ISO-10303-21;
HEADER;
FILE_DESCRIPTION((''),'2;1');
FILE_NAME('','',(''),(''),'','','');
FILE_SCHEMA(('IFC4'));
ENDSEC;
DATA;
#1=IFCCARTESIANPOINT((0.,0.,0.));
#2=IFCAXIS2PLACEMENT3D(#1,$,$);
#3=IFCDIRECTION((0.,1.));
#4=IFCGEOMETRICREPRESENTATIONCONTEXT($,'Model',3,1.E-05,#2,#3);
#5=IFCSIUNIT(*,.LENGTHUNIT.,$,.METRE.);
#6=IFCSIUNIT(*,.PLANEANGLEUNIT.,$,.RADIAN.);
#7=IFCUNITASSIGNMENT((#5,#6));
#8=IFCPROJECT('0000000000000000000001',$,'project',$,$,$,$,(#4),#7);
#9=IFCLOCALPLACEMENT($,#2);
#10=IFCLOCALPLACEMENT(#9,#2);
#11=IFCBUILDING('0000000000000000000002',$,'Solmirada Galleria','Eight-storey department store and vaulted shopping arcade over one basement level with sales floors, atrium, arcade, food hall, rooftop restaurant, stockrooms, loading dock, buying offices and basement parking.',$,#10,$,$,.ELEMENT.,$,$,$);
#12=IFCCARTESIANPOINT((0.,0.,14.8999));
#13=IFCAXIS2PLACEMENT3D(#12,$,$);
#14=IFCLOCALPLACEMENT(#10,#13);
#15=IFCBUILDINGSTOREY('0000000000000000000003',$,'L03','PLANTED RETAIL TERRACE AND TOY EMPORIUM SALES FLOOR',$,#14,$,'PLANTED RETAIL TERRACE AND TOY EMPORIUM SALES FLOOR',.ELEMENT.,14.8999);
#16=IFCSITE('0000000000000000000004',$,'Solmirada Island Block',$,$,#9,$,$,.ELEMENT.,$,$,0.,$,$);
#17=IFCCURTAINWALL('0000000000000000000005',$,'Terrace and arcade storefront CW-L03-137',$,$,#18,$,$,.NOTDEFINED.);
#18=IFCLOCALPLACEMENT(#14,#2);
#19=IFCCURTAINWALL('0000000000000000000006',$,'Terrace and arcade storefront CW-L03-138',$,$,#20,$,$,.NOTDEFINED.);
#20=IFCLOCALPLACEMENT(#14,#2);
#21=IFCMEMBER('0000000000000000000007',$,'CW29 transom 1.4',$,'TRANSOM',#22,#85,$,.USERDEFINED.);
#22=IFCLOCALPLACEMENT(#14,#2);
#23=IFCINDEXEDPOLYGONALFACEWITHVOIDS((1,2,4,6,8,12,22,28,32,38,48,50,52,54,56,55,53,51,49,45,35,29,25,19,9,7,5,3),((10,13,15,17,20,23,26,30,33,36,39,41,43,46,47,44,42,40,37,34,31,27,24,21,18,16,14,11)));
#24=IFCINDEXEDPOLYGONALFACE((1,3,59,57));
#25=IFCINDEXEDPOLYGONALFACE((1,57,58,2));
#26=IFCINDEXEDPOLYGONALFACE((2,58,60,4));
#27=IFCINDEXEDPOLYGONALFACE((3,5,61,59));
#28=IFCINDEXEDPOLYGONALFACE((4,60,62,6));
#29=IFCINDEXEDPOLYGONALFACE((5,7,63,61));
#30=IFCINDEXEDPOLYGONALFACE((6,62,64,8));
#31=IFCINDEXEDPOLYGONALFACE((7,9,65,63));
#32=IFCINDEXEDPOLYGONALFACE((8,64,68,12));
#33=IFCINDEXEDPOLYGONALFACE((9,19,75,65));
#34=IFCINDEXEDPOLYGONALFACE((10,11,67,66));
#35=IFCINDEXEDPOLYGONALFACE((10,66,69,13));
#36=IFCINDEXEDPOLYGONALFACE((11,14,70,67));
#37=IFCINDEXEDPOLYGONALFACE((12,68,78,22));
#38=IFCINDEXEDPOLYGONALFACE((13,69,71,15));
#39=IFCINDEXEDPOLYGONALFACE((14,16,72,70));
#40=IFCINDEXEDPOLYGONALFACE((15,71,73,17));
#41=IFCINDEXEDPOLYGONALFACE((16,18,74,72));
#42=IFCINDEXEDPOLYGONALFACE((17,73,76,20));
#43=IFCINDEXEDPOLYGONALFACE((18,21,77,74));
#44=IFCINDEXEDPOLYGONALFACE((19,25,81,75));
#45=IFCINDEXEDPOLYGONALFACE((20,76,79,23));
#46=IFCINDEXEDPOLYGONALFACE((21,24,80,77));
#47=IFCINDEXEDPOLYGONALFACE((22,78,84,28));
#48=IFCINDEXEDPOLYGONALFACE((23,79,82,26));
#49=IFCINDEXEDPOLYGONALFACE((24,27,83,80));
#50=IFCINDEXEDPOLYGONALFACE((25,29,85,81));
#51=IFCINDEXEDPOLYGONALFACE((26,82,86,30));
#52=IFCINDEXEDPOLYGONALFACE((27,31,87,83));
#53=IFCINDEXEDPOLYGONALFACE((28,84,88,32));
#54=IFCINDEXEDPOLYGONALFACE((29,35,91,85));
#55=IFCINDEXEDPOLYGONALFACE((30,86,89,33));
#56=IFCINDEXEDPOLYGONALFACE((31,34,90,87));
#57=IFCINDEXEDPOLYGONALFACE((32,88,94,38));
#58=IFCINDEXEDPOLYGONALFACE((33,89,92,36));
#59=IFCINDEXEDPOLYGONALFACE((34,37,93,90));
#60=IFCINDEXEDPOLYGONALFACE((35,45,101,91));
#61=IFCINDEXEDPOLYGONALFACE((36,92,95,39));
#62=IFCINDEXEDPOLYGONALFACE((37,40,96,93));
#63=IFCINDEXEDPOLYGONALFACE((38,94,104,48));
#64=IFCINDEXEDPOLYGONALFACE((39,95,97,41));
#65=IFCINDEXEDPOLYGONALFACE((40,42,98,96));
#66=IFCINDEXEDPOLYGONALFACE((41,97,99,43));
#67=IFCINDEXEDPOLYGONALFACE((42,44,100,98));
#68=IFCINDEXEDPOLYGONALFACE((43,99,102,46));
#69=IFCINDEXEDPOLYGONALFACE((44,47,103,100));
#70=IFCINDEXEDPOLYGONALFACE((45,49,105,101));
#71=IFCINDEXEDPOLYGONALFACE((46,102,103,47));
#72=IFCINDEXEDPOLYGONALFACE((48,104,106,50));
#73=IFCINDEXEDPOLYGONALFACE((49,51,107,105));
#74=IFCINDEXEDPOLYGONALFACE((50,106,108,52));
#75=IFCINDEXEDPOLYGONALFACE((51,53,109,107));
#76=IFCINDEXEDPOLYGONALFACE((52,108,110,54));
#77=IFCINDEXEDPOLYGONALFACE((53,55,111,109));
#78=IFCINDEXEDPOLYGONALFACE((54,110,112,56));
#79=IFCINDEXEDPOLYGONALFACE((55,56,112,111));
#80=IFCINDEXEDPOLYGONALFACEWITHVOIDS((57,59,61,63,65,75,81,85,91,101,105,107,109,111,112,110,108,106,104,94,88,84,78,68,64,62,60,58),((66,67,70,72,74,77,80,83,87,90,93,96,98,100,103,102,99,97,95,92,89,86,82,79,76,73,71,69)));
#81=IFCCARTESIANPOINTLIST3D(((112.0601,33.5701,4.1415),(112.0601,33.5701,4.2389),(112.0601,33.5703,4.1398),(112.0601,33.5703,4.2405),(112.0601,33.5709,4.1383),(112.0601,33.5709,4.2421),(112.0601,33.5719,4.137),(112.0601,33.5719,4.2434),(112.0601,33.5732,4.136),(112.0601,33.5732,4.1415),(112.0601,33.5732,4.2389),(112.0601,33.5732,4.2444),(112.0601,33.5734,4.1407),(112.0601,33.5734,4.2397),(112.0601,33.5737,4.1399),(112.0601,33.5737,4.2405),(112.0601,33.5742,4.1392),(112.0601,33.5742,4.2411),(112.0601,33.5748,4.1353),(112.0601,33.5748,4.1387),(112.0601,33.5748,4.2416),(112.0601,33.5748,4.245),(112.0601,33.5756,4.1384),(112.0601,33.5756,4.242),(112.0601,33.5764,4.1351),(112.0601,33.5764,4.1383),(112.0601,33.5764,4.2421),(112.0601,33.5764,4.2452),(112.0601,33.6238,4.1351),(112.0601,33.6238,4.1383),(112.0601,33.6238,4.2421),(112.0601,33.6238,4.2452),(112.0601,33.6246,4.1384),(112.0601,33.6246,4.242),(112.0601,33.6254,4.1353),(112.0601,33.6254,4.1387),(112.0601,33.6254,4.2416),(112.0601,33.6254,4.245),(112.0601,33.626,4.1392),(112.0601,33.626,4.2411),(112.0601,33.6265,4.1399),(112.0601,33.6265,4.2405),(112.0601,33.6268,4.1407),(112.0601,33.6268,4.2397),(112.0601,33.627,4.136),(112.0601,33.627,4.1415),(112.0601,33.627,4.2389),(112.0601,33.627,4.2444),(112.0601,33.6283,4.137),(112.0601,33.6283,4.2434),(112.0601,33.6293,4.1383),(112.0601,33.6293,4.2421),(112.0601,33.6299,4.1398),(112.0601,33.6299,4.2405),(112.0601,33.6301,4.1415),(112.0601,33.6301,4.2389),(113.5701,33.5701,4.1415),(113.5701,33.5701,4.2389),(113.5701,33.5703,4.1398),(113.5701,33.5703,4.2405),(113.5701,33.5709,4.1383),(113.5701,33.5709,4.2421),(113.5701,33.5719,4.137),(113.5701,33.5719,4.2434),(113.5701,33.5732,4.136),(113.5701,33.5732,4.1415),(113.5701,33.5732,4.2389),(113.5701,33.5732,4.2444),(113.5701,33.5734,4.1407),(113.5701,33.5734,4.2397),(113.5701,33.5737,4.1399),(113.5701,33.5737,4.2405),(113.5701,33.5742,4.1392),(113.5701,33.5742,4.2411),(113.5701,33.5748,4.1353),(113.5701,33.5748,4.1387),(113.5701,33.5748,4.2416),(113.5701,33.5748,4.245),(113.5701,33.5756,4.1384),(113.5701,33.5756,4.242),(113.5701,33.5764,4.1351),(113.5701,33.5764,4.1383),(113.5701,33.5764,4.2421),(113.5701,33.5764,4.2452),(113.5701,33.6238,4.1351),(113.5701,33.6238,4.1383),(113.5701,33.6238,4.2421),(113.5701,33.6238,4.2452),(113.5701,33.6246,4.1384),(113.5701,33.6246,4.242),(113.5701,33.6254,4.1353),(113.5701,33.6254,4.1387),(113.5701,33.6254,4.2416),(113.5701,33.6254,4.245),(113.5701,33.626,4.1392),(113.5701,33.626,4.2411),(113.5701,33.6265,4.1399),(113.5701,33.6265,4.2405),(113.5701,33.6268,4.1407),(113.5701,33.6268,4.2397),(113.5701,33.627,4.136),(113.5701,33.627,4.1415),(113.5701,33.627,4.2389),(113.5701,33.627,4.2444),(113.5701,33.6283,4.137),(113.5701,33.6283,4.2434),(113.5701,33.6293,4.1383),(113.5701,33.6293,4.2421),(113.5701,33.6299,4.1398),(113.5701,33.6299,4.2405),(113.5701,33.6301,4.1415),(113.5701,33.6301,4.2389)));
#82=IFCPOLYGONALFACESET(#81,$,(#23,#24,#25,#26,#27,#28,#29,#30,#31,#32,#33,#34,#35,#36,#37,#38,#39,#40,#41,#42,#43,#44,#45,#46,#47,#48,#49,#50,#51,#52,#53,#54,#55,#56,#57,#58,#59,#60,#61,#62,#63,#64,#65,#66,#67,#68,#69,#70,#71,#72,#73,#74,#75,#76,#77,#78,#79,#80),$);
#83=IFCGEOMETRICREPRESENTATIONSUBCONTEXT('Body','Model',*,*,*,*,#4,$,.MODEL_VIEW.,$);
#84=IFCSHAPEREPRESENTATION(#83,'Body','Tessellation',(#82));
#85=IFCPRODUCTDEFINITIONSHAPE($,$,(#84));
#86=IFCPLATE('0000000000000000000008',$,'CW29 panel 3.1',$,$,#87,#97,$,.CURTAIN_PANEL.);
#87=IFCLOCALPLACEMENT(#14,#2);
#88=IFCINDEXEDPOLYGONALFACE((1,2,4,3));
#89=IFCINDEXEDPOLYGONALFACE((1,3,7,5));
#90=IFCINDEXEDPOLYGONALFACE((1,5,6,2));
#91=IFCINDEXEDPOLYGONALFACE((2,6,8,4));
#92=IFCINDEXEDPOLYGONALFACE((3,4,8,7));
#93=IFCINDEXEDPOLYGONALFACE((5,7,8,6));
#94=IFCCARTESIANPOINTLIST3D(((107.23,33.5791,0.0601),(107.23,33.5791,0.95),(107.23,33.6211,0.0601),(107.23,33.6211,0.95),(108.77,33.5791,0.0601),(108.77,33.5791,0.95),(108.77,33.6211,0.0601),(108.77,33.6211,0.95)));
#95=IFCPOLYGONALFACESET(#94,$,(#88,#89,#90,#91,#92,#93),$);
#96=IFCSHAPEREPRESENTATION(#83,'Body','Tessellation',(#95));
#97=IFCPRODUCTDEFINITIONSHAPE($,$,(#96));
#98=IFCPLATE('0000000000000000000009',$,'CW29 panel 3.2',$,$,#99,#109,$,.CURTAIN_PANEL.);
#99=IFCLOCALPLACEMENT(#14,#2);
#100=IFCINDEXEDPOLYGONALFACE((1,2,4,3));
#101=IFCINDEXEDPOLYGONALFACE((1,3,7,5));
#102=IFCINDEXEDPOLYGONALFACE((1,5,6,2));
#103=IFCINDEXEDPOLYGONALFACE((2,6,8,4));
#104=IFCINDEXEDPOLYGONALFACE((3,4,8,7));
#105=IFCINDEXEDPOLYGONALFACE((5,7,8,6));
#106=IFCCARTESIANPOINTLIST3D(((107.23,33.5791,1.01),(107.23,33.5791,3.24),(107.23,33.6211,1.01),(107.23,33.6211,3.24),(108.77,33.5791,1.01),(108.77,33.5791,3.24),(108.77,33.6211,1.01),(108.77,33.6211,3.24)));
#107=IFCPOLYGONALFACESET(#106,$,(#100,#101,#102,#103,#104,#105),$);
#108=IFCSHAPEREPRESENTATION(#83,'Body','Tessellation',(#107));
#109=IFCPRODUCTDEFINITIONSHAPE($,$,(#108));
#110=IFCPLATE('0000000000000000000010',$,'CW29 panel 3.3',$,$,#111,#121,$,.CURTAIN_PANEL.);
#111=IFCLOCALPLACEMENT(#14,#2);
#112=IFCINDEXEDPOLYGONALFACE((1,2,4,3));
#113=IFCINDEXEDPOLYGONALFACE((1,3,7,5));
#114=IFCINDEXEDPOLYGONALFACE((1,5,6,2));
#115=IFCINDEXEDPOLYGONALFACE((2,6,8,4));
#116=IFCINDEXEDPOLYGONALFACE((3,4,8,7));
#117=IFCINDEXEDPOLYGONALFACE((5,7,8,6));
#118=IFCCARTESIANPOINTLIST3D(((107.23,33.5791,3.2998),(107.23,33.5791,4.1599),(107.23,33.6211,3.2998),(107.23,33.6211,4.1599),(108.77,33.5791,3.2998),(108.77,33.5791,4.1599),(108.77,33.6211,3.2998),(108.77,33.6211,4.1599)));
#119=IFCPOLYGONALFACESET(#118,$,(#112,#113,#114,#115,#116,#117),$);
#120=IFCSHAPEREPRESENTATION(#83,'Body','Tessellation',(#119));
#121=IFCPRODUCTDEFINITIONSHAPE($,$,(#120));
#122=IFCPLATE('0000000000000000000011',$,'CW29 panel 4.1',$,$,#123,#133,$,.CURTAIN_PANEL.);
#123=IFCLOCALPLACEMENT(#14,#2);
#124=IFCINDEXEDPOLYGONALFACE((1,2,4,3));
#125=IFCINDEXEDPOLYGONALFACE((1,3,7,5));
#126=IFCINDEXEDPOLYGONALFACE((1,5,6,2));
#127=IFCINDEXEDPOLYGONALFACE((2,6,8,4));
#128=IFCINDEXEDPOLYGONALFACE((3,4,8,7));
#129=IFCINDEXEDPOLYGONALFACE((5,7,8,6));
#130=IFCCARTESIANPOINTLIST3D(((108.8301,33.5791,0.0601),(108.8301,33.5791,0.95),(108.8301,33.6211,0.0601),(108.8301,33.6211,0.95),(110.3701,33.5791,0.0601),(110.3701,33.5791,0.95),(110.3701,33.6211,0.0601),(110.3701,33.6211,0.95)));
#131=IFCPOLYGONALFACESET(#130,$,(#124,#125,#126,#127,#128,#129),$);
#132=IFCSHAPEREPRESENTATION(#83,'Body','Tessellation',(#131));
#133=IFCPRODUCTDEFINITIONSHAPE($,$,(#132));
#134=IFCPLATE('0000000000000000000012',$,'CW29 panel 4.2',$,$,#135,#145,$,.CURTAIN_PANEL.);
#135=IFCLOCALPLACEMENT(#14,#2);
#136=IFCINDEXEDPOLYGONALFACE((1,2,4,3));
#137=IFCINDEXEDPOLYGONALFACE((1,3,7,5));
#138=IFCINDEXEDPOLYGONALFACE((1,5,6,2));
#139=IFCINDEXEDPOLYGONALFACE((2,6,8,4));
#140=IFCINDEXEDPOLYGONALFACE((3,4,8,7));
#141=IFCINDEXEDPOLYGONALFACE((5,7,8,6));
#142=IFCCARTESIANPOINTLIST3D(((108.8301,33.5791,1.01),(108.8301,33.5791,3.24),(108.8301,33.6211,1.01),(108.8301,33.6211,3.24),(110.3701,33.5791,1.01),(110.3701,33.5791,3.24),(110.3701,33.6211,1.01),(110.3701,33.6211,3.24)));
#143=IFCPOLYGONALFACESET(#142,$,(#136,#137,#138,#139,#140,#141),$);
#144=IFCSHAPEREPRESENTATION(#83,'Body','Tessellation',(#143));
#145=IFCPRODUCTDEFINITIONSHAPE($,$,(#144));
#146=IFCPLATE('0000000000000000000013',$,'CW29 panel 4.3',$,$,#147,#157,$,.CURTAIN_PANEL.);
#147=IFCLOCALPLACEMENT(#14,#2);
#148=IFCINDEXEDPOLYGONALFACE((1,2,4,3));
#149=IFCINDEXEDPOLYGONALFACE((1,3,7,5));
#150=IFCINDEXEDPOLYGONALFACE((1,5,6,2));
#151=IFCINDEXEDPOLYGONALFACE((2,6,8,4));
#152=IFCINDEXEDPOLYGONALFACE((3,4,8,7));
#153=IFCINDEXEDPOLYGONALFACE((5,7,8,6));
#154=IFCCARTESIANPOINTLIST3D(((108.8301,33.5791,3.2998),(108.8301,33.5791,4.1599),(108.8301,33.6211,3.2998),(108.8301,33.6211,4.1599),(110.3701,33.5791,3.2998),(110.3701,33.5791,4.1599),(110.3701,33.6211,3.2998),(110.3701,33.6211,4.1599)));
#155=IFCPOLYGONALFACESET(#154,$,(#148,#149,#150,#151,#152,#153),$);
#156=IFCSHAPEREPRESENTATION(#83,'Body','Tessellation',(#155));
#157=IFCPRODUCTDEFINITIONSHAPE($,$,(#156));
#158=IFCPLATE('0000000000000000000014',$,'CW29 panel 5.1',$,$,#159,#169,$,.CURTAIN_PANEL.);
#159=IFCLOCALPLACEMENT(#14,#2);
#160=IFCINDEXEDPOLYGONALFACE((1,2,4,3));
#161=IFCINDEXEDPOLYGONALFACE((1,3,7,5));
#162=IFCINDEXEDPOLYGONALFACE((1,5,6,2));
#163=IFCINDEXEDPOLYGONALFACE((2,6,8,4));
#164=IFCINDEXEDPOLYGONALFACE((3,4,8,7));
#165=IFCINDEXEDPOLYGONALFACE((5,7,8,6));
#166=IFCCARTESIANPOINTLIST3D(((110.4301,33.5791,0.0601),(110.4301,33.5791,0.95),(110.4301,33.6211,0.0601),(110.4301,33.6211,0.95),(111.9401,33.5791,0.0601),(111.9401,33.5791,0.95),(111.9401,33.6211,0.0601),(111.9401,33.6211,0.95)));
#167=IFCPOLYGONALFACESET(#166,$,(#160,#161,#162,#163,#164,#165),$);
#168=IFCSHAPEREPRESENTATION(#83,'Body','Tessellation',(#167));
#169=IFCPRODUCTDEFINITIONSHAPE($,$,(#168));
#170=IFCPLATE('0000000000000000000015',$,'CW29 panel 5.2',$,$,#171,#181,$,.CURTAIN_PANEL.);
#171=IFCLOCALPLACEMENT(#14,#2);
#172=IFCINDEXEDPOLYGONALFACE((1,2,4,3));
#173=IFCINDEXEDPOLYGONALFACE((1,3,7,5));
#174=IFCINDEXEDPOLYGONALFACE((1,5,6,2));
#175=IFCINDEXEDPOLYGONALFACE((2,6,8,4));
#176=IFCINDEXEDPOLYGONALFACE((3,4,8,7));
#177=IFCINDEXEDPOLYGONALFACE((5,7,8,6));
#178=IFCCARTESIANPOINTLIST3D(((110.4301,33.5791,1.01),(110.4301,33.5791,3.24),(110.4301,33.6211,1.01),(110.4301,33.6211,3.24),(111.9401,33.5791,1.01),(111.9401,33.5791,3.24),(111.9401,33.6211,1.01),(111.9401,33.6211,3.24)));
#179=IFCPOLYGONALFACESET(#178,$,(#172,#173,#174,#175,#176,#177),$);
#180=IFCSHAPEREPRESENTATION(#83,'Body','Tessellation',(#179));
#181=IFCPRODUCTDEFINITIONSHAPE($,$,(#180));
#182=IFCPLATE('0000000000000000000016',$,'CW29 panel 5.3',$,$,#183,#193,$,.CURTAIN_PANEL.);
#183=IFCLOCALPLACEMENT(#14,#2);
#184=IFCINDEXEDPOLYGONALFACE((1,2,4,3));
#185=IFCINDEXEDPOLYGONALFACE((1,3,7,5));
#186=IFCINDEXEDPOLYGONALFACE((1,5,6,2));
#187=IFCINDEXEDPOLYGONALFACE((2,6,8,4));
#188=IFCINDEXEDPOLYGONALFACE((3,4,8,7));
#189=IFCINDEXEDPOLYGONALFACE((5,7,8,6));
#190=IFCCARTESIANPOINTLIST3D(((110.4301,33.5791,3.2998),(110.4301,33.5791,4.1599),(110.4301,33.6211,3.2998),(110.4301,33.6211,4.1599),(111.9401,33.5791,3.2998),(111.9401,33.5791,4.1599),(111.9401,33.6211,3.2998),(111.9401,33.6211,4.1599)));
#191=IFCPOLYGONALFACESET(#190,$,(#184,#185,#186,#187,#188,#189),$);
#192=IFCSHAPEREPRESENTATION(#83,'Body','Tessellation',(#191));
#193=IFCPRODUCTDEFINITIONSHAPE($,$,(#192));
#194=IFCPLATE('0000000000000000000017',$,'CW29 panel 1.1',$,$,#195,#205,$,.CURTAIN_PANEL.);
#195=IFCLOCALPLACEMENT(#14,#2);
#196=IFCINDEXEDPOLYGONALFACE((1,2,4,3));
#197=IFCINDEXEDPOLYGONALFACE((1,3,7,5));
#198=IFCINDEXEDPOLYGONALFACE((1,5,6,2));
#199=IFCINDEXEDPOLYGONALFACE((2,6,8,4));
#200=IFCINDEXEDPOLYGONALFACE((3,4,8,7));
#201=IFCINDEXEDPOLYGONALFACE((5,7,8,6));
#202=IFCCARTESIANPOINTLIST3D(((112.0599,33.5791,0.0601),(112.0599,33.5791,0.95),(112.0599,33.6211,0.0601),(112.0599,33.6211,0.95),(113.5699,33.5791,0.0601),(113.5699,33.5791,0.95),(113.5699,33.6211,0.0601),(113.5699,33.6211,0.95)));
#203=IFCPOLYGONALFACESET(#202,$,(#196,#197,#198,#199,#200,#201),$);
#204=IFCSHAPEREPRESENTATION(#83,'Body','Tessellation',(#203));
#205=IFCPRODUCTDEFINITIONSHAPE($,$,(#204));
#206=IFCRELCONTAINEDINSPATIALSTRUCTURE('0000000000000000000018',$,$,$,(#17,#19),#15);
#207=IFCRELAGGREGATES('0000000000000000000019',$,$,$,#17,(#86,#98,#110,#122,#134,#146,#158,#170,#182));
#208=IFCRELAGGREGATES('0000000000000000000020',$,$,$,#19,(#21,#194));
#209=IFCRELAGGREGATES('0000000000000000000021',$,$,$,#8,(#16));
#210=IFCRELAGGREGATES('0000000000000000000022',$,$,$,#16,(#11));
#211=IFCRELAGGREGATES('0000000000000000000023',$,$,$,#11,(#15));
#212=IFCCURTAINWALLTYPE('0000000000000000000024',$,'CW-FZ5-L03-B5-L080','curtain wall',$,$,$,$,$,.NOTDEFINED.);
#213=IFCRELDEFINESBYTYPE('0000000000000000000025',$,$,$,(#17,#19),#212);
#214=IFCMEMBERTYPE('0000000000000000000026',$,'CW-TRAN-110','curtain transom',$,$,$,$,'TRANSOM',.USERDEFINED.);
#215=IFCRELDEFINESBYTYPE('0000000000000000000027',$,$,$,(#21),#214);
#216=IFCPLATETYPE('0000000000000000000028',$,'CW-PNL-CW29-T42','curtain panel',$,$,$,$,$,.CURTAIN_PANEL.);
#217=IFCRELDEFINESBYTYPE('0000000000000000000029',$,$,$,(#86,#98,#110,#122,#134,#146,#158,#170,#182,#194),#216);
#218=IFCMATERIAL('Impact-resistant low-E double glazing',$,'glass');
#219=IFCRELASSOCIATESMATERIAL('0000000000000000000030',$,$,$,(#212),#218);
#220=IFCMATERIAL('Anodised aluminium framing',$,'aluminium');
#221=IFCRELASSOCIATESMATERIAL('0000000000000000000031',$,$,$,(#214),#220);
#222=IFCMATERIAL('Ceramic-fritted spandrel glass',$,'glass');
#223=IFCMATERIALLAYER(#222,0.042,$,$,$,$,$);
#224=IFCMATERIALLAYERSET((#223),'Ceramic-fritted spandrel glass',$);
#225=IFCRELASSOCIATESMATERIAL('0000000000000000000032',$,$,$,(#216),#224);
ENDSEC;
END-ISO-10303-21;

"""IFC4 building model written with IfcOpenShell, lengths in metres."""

from ifc_helpers import new_model, si_unit, direction, frame, origin, origin_2d, place, context, subcontext, project, spatial, rectangle, hollow_rectangle, extrude, material, layer, layer_set, material_profile, profile_set, type_object, element, aggregate, save


model = new_model("IFC4")

# Units and contexts
model_context = context("Model", 3, precision=1e-05, world=origin(), true_north=direction((0.0, 1.0)))
body_context = subcontext(model_context, "Body", "Model", "MODEL_VIEW")
ifc_project = project(units=[si_unit("LENGTHUNIT", "METRE"), si_unit("PLANEANGLEUNIT", "RADIAN")], contexts=[model_context])

# Site, building, storey
site_placement = place(None, origin())
site = spatial("IfcSite", under=ifc_project, at=site_placement, Name="Solmirada Island Block", CompositionType="ELEMENT", RefElevation=0.0)
building_placement = place(site_placement, origin())
building = spatial("IfcBuilding", under=site, at=building_placement, Name="Solmirada Galleria", Description="Eight-storey department store and vaulted shopping arcade over one basement level with sales floors, atrium, arcade, food hall, rooftop restaurant, stockrooms, loading dock, buying offices and basement parking.", CompositionType="ELEMENT")
storey_placement = place(building_placement, frame((0.0, 0.0, 14.8999)))
storey = spatial("IfcBuildingStorey", under=building, at=storey_placement, Name="L03", Description="PLANTED RETAIL TERRACE AND TOY EMPORIUM SALES FLOOR", LongName="PLANTED RETAIL TERRACE AND TOY EMPORIUM SALES FLOOR", CompositionType="ELEMENT", Elevation=14.8999)

# Curtain walls
ifc_material_1 = material(Name="Impact-resistant low-E double glazing", Category="glass")
curtain_wall_type = type_object("IfcCurtainWallType", Name="CW-FZ5-L03-B5-L080", Description="curtain wall", PredefinedType="NOTDEFINED", material=ifc_material_1)
curtain_wall_1_placement = place(storey_placement, origin())
curtain_wall_1 = element("IfcCurtainWall", 1, at=curtain_wall_1_placement, inside=storey, type_object=curtain_wall_type, Name="Terrace and arcade storefront CW-L03-137", PredefinedType="NOTDEFINED")
ifc_material_2 = material(Name="Anodised aluminium framing", Category="aluminium")
curtain_wall_2_placement = place(storey_placement, origin())
curtain_wall_2 = element("IfcCurtainWall", 2, at=curtain_wall_2_placement, inside=storey, type_object=curtain_wall_type, Name="Terrace and arcade storefront CW-L03-138", PredefinedType="NOTDEFINED")

# Member
ifc_material_profile_1 = material_profile(ifc_material_2, hollow_rectangle(XDim=0.0601, YDim=0.1101, WallThickness=0.0032, InnerFilletRadius=0.0032, OuterFilletRadius=0.0063, at=origin_2d()), Name="ALU-TRAN-110X60")
ifc_profile_set_1 = profile_set([ifc_material_profile_1], Name="Anodised aluminium framing")
member_type_1 = type_object("IfcMemberType", Name="CW-TRAN-110", Description="curtain transom", ElementType="TRANSOM", PredefinedType="USERDEFINED", material=ifc_profile_set_1)
member_1_placement = place(storey_placement, frame((112.0601, 33.6001, 4.1902), z_axis=(1.0, 0.0, 0.0), x_axis=(0.0, 1.0, 0.0)))
member_1 = element("IfcMember", 3, at=member_1_placement, type_object=member_type_1, Name="CW29 transom 1.4", ObjectType="TRANSOM", PredefinedType="USERDEFINED", context=body_context, shape_type="SweptSolid", body=[
    extrude(hollow_rectangle(XDim=0.0601, YDim=0.1101, WallThickness=0.0032, InnerFilletRadius=0.0032, OuterFilletRadius=0.0063, at=origin_2d()), origin(), (0.0, 0.0, 1.0), 1.51),
])

# Plates
ifc_material_3 = material(Name="Ceramic-fritted spandrel glass", Category="glass")
ifc_layer = layer(ifc_material_3, 0.042)
ifc_layer_set = layer_set([ifc_layer], Name="Ceramic-fritted spandrel glass")
plate_type = type_object("IfcPlateType", Name="CW-PNL-CW29-T42", Description="curtain panel", PredefinedType="CURTAIN_PANEL", material=ifc_layer_set)
plate_1_placement = place(storey_placement, frame((108.0, 33.6001, 0.0601), z_axis=(0.0, 0.0, 1.0), x_axis=(1.0, 0.0, 0.0)))
plate_1 = element("IfcPlate", 4, at=plate_1_placement, type_object=plate_type, Name="CW29 panel 3.1", PredefinedType="CURTAIN_PANEL", context=body_context, shape_type="SweptSolid", body=[
    extrude(rectangle(XDim=1.54, YDim=0.042, at=origin_2d()), origin(), (0.0, 0.0, 1.0), 0.8899),
])
plate_2_placement = place(storey_placement, frame((108.0, 33.6001, 1.01), z_axis=(0.0, 0.0, 1.0), x_axis=(1.0, 0.0, 0.0)))
plate_2 = element("IfcPlate", 5, at=plate_2_placement, type_object=plate_type, Name="CW29 panel 3.2", PredefinedType="CURTAIN_PANEL", context=body_context, shape_type="SweptSolid", body=[
    extrude(rectangle(XDim=1.54, YDim=0.042, at=origin_2d()), origin(), (0.0, 0.0, 1.0), 2.23),
])
plate_3_placement = place(storey_placement, frame((108.0, 33.6001, 3.2998), z_axis=(0.0, 0.0, 1.0), x_axis=(1.0, 0.0, 0.0)))
plate_3 = element("IfcPlate", 6, at=plate_3_placement, type_object=plate_type, Name="CW29 panel 3.3", PredefinedType="CURTAIN_PANEL", context=body_context, shape_type="SweptSolid", body=[
    extrude(rectangle(XDim=1.54, YDim=0.042, at=origin_2d()), origin(), (0.0, 0.0, 1.0), 0.8601),
])
plate_4_placement = place(storey_placement, frame((109.6001, 33.6001, 0.0601), z_axis=(0.0, 0.0, 1.0), x_axis=(1.0, 0.0, 0.0)))
plate_4 = element("IfcPlate", 7, at=plate_4_placement, type_object=plate_type, Name="CW29 panel 4.1", PredefinedType="CURTAIN_PANEL", context=body_context, shape_type="SweptSolid", body=[
    extrude(rectangle(XDim=1.54, YDim=0.042, at=origin_2d()), origin(), (0.0, 0.0, 1.0), 0.8899),
])
plate_5_placement = place(storey_placement, frame((109.6001, 33.6001, 1.01), z_axis=(0.0, 0.0, 1.0), x_axis=(1.0, 0.0, 0.0)))
plate_5 = element("IfcPlate", 8, at=plate_5_placement, type_object=plate_type, Name="CW29 panel 4.2", PredefinedType="CURTAIN_PANEL", context=body_context, shape_type="SweptSolid", body=[
    extrude(rectangle(XDim=1.54, YDim=0.042, at=origin_2d()), origin(), (0.0, 0.0, 1.0), 2.23),
])
plate_6_placement = place(storey_placement, frame((109.6001, 33.6001, 3.2998), z_axis=(0.0, 0.0, 1.0), x_axis=(1.0, 0.0, 0.0)))
plate_6 = element("IfcPlate", 9, at=plate_6_placement, type_object=plate_type, Name="CW29 panel 4.3", PredefinedType="CURTAIN_PANEL", context=body_context, shape_type="SweptSolid", body=[
    extrude(rectangle(XDim=1.54, YDim=0.042, at=origin_2d()), origin(), (0.0, 0.0, 1.0), 0.8601),
])
plate_7_placement = place(storey_placement, frame((111.1851, 33.6001, 0.0601), z_axis=(0.0, 0.0, 1.0), x_axis=(1.0, 0.0, 0.0)))
plate_7 = element("IfcPlate", 10, at=plate_7_placement, type_object=plate_type, Name="CW29 panel 5.1", PredefinedType="CURTAIN_PANEL", context=body_context, shape_type="SweptSolid", body=[
    extrude(rectangle(XDim=1.51, YDim=0.042, at=origin_2d()), origin(), (0.0, 0.0, 1.0), 0.8899),
])
plate_8_placement = place(storey_placement, frame((111.1851, 33.6001, 1.01), z_axis=(0.0, 0.0, 1.0), x_axis=(1.0, 0.0, 0.0)))
plate_8 = element("IfcPlate", 11, at=plate_8_placement, type_object=plate_type, Name="CW29 panel 5.2", PredefinedType="CURTAIN_PANEL", context=body_context, shape_type="SweptSolid", body=[
    extrude(rectangle(XDim=1.51, YDim=0.042, at=origin_2d()), origin(), (0.0, 0.0, 1.0), 2.23),
])
plate_9_placement = place(storey_placement, frame((111.1851, 33.6001, 3.2998), z_axis=(0.0, 0.0, 1.0), x_axis=(1.0, 0.0, 0.0)))
plate_9 = element("IfcPlate", 12, at=plate_9_placement, type_object=plate_type, Name="CW29 panel 5.3", PredefinedType="CURTAIN_PANEL", context=body_context, shape_type="SweptSolid", body=[
    extrude(rectangle(XDim=1.51, YDim=0.042, at=origin_2d()), origin(), (0.0, 0.0, 1.0), 0.8601),
])
aggregate(curtain_wall_1, [plate_1, plate_2, plate_3, plate_4, plate_5, plate_6, plate_7, plate_8, plate_9])
plate_10_placement = place(storey_placement, frame((112.8149, 33.6001, 0.0601), z_axis=(0.0, 0.0, 1.0), x_axis=(1.0, 0.0, 0.0)))
plate_10 = element("IfcPlate", 13, at=plate_10_placement, type_object=plate_type, Name="CW29 panel 1.1", PredefinedType="CURTAIN_PANEL", context=body_context, shape_type="SweptSolid", body=[
    extrude(rectangle(XDim=1.51, YDim=0.042, at=origin_2d()), origin(), (0.0, 0.0, 1.0), 0.8899),
])
aggregate(curtain_wall_2, [member_1, plate_10])

save(model, "model.ifc")
